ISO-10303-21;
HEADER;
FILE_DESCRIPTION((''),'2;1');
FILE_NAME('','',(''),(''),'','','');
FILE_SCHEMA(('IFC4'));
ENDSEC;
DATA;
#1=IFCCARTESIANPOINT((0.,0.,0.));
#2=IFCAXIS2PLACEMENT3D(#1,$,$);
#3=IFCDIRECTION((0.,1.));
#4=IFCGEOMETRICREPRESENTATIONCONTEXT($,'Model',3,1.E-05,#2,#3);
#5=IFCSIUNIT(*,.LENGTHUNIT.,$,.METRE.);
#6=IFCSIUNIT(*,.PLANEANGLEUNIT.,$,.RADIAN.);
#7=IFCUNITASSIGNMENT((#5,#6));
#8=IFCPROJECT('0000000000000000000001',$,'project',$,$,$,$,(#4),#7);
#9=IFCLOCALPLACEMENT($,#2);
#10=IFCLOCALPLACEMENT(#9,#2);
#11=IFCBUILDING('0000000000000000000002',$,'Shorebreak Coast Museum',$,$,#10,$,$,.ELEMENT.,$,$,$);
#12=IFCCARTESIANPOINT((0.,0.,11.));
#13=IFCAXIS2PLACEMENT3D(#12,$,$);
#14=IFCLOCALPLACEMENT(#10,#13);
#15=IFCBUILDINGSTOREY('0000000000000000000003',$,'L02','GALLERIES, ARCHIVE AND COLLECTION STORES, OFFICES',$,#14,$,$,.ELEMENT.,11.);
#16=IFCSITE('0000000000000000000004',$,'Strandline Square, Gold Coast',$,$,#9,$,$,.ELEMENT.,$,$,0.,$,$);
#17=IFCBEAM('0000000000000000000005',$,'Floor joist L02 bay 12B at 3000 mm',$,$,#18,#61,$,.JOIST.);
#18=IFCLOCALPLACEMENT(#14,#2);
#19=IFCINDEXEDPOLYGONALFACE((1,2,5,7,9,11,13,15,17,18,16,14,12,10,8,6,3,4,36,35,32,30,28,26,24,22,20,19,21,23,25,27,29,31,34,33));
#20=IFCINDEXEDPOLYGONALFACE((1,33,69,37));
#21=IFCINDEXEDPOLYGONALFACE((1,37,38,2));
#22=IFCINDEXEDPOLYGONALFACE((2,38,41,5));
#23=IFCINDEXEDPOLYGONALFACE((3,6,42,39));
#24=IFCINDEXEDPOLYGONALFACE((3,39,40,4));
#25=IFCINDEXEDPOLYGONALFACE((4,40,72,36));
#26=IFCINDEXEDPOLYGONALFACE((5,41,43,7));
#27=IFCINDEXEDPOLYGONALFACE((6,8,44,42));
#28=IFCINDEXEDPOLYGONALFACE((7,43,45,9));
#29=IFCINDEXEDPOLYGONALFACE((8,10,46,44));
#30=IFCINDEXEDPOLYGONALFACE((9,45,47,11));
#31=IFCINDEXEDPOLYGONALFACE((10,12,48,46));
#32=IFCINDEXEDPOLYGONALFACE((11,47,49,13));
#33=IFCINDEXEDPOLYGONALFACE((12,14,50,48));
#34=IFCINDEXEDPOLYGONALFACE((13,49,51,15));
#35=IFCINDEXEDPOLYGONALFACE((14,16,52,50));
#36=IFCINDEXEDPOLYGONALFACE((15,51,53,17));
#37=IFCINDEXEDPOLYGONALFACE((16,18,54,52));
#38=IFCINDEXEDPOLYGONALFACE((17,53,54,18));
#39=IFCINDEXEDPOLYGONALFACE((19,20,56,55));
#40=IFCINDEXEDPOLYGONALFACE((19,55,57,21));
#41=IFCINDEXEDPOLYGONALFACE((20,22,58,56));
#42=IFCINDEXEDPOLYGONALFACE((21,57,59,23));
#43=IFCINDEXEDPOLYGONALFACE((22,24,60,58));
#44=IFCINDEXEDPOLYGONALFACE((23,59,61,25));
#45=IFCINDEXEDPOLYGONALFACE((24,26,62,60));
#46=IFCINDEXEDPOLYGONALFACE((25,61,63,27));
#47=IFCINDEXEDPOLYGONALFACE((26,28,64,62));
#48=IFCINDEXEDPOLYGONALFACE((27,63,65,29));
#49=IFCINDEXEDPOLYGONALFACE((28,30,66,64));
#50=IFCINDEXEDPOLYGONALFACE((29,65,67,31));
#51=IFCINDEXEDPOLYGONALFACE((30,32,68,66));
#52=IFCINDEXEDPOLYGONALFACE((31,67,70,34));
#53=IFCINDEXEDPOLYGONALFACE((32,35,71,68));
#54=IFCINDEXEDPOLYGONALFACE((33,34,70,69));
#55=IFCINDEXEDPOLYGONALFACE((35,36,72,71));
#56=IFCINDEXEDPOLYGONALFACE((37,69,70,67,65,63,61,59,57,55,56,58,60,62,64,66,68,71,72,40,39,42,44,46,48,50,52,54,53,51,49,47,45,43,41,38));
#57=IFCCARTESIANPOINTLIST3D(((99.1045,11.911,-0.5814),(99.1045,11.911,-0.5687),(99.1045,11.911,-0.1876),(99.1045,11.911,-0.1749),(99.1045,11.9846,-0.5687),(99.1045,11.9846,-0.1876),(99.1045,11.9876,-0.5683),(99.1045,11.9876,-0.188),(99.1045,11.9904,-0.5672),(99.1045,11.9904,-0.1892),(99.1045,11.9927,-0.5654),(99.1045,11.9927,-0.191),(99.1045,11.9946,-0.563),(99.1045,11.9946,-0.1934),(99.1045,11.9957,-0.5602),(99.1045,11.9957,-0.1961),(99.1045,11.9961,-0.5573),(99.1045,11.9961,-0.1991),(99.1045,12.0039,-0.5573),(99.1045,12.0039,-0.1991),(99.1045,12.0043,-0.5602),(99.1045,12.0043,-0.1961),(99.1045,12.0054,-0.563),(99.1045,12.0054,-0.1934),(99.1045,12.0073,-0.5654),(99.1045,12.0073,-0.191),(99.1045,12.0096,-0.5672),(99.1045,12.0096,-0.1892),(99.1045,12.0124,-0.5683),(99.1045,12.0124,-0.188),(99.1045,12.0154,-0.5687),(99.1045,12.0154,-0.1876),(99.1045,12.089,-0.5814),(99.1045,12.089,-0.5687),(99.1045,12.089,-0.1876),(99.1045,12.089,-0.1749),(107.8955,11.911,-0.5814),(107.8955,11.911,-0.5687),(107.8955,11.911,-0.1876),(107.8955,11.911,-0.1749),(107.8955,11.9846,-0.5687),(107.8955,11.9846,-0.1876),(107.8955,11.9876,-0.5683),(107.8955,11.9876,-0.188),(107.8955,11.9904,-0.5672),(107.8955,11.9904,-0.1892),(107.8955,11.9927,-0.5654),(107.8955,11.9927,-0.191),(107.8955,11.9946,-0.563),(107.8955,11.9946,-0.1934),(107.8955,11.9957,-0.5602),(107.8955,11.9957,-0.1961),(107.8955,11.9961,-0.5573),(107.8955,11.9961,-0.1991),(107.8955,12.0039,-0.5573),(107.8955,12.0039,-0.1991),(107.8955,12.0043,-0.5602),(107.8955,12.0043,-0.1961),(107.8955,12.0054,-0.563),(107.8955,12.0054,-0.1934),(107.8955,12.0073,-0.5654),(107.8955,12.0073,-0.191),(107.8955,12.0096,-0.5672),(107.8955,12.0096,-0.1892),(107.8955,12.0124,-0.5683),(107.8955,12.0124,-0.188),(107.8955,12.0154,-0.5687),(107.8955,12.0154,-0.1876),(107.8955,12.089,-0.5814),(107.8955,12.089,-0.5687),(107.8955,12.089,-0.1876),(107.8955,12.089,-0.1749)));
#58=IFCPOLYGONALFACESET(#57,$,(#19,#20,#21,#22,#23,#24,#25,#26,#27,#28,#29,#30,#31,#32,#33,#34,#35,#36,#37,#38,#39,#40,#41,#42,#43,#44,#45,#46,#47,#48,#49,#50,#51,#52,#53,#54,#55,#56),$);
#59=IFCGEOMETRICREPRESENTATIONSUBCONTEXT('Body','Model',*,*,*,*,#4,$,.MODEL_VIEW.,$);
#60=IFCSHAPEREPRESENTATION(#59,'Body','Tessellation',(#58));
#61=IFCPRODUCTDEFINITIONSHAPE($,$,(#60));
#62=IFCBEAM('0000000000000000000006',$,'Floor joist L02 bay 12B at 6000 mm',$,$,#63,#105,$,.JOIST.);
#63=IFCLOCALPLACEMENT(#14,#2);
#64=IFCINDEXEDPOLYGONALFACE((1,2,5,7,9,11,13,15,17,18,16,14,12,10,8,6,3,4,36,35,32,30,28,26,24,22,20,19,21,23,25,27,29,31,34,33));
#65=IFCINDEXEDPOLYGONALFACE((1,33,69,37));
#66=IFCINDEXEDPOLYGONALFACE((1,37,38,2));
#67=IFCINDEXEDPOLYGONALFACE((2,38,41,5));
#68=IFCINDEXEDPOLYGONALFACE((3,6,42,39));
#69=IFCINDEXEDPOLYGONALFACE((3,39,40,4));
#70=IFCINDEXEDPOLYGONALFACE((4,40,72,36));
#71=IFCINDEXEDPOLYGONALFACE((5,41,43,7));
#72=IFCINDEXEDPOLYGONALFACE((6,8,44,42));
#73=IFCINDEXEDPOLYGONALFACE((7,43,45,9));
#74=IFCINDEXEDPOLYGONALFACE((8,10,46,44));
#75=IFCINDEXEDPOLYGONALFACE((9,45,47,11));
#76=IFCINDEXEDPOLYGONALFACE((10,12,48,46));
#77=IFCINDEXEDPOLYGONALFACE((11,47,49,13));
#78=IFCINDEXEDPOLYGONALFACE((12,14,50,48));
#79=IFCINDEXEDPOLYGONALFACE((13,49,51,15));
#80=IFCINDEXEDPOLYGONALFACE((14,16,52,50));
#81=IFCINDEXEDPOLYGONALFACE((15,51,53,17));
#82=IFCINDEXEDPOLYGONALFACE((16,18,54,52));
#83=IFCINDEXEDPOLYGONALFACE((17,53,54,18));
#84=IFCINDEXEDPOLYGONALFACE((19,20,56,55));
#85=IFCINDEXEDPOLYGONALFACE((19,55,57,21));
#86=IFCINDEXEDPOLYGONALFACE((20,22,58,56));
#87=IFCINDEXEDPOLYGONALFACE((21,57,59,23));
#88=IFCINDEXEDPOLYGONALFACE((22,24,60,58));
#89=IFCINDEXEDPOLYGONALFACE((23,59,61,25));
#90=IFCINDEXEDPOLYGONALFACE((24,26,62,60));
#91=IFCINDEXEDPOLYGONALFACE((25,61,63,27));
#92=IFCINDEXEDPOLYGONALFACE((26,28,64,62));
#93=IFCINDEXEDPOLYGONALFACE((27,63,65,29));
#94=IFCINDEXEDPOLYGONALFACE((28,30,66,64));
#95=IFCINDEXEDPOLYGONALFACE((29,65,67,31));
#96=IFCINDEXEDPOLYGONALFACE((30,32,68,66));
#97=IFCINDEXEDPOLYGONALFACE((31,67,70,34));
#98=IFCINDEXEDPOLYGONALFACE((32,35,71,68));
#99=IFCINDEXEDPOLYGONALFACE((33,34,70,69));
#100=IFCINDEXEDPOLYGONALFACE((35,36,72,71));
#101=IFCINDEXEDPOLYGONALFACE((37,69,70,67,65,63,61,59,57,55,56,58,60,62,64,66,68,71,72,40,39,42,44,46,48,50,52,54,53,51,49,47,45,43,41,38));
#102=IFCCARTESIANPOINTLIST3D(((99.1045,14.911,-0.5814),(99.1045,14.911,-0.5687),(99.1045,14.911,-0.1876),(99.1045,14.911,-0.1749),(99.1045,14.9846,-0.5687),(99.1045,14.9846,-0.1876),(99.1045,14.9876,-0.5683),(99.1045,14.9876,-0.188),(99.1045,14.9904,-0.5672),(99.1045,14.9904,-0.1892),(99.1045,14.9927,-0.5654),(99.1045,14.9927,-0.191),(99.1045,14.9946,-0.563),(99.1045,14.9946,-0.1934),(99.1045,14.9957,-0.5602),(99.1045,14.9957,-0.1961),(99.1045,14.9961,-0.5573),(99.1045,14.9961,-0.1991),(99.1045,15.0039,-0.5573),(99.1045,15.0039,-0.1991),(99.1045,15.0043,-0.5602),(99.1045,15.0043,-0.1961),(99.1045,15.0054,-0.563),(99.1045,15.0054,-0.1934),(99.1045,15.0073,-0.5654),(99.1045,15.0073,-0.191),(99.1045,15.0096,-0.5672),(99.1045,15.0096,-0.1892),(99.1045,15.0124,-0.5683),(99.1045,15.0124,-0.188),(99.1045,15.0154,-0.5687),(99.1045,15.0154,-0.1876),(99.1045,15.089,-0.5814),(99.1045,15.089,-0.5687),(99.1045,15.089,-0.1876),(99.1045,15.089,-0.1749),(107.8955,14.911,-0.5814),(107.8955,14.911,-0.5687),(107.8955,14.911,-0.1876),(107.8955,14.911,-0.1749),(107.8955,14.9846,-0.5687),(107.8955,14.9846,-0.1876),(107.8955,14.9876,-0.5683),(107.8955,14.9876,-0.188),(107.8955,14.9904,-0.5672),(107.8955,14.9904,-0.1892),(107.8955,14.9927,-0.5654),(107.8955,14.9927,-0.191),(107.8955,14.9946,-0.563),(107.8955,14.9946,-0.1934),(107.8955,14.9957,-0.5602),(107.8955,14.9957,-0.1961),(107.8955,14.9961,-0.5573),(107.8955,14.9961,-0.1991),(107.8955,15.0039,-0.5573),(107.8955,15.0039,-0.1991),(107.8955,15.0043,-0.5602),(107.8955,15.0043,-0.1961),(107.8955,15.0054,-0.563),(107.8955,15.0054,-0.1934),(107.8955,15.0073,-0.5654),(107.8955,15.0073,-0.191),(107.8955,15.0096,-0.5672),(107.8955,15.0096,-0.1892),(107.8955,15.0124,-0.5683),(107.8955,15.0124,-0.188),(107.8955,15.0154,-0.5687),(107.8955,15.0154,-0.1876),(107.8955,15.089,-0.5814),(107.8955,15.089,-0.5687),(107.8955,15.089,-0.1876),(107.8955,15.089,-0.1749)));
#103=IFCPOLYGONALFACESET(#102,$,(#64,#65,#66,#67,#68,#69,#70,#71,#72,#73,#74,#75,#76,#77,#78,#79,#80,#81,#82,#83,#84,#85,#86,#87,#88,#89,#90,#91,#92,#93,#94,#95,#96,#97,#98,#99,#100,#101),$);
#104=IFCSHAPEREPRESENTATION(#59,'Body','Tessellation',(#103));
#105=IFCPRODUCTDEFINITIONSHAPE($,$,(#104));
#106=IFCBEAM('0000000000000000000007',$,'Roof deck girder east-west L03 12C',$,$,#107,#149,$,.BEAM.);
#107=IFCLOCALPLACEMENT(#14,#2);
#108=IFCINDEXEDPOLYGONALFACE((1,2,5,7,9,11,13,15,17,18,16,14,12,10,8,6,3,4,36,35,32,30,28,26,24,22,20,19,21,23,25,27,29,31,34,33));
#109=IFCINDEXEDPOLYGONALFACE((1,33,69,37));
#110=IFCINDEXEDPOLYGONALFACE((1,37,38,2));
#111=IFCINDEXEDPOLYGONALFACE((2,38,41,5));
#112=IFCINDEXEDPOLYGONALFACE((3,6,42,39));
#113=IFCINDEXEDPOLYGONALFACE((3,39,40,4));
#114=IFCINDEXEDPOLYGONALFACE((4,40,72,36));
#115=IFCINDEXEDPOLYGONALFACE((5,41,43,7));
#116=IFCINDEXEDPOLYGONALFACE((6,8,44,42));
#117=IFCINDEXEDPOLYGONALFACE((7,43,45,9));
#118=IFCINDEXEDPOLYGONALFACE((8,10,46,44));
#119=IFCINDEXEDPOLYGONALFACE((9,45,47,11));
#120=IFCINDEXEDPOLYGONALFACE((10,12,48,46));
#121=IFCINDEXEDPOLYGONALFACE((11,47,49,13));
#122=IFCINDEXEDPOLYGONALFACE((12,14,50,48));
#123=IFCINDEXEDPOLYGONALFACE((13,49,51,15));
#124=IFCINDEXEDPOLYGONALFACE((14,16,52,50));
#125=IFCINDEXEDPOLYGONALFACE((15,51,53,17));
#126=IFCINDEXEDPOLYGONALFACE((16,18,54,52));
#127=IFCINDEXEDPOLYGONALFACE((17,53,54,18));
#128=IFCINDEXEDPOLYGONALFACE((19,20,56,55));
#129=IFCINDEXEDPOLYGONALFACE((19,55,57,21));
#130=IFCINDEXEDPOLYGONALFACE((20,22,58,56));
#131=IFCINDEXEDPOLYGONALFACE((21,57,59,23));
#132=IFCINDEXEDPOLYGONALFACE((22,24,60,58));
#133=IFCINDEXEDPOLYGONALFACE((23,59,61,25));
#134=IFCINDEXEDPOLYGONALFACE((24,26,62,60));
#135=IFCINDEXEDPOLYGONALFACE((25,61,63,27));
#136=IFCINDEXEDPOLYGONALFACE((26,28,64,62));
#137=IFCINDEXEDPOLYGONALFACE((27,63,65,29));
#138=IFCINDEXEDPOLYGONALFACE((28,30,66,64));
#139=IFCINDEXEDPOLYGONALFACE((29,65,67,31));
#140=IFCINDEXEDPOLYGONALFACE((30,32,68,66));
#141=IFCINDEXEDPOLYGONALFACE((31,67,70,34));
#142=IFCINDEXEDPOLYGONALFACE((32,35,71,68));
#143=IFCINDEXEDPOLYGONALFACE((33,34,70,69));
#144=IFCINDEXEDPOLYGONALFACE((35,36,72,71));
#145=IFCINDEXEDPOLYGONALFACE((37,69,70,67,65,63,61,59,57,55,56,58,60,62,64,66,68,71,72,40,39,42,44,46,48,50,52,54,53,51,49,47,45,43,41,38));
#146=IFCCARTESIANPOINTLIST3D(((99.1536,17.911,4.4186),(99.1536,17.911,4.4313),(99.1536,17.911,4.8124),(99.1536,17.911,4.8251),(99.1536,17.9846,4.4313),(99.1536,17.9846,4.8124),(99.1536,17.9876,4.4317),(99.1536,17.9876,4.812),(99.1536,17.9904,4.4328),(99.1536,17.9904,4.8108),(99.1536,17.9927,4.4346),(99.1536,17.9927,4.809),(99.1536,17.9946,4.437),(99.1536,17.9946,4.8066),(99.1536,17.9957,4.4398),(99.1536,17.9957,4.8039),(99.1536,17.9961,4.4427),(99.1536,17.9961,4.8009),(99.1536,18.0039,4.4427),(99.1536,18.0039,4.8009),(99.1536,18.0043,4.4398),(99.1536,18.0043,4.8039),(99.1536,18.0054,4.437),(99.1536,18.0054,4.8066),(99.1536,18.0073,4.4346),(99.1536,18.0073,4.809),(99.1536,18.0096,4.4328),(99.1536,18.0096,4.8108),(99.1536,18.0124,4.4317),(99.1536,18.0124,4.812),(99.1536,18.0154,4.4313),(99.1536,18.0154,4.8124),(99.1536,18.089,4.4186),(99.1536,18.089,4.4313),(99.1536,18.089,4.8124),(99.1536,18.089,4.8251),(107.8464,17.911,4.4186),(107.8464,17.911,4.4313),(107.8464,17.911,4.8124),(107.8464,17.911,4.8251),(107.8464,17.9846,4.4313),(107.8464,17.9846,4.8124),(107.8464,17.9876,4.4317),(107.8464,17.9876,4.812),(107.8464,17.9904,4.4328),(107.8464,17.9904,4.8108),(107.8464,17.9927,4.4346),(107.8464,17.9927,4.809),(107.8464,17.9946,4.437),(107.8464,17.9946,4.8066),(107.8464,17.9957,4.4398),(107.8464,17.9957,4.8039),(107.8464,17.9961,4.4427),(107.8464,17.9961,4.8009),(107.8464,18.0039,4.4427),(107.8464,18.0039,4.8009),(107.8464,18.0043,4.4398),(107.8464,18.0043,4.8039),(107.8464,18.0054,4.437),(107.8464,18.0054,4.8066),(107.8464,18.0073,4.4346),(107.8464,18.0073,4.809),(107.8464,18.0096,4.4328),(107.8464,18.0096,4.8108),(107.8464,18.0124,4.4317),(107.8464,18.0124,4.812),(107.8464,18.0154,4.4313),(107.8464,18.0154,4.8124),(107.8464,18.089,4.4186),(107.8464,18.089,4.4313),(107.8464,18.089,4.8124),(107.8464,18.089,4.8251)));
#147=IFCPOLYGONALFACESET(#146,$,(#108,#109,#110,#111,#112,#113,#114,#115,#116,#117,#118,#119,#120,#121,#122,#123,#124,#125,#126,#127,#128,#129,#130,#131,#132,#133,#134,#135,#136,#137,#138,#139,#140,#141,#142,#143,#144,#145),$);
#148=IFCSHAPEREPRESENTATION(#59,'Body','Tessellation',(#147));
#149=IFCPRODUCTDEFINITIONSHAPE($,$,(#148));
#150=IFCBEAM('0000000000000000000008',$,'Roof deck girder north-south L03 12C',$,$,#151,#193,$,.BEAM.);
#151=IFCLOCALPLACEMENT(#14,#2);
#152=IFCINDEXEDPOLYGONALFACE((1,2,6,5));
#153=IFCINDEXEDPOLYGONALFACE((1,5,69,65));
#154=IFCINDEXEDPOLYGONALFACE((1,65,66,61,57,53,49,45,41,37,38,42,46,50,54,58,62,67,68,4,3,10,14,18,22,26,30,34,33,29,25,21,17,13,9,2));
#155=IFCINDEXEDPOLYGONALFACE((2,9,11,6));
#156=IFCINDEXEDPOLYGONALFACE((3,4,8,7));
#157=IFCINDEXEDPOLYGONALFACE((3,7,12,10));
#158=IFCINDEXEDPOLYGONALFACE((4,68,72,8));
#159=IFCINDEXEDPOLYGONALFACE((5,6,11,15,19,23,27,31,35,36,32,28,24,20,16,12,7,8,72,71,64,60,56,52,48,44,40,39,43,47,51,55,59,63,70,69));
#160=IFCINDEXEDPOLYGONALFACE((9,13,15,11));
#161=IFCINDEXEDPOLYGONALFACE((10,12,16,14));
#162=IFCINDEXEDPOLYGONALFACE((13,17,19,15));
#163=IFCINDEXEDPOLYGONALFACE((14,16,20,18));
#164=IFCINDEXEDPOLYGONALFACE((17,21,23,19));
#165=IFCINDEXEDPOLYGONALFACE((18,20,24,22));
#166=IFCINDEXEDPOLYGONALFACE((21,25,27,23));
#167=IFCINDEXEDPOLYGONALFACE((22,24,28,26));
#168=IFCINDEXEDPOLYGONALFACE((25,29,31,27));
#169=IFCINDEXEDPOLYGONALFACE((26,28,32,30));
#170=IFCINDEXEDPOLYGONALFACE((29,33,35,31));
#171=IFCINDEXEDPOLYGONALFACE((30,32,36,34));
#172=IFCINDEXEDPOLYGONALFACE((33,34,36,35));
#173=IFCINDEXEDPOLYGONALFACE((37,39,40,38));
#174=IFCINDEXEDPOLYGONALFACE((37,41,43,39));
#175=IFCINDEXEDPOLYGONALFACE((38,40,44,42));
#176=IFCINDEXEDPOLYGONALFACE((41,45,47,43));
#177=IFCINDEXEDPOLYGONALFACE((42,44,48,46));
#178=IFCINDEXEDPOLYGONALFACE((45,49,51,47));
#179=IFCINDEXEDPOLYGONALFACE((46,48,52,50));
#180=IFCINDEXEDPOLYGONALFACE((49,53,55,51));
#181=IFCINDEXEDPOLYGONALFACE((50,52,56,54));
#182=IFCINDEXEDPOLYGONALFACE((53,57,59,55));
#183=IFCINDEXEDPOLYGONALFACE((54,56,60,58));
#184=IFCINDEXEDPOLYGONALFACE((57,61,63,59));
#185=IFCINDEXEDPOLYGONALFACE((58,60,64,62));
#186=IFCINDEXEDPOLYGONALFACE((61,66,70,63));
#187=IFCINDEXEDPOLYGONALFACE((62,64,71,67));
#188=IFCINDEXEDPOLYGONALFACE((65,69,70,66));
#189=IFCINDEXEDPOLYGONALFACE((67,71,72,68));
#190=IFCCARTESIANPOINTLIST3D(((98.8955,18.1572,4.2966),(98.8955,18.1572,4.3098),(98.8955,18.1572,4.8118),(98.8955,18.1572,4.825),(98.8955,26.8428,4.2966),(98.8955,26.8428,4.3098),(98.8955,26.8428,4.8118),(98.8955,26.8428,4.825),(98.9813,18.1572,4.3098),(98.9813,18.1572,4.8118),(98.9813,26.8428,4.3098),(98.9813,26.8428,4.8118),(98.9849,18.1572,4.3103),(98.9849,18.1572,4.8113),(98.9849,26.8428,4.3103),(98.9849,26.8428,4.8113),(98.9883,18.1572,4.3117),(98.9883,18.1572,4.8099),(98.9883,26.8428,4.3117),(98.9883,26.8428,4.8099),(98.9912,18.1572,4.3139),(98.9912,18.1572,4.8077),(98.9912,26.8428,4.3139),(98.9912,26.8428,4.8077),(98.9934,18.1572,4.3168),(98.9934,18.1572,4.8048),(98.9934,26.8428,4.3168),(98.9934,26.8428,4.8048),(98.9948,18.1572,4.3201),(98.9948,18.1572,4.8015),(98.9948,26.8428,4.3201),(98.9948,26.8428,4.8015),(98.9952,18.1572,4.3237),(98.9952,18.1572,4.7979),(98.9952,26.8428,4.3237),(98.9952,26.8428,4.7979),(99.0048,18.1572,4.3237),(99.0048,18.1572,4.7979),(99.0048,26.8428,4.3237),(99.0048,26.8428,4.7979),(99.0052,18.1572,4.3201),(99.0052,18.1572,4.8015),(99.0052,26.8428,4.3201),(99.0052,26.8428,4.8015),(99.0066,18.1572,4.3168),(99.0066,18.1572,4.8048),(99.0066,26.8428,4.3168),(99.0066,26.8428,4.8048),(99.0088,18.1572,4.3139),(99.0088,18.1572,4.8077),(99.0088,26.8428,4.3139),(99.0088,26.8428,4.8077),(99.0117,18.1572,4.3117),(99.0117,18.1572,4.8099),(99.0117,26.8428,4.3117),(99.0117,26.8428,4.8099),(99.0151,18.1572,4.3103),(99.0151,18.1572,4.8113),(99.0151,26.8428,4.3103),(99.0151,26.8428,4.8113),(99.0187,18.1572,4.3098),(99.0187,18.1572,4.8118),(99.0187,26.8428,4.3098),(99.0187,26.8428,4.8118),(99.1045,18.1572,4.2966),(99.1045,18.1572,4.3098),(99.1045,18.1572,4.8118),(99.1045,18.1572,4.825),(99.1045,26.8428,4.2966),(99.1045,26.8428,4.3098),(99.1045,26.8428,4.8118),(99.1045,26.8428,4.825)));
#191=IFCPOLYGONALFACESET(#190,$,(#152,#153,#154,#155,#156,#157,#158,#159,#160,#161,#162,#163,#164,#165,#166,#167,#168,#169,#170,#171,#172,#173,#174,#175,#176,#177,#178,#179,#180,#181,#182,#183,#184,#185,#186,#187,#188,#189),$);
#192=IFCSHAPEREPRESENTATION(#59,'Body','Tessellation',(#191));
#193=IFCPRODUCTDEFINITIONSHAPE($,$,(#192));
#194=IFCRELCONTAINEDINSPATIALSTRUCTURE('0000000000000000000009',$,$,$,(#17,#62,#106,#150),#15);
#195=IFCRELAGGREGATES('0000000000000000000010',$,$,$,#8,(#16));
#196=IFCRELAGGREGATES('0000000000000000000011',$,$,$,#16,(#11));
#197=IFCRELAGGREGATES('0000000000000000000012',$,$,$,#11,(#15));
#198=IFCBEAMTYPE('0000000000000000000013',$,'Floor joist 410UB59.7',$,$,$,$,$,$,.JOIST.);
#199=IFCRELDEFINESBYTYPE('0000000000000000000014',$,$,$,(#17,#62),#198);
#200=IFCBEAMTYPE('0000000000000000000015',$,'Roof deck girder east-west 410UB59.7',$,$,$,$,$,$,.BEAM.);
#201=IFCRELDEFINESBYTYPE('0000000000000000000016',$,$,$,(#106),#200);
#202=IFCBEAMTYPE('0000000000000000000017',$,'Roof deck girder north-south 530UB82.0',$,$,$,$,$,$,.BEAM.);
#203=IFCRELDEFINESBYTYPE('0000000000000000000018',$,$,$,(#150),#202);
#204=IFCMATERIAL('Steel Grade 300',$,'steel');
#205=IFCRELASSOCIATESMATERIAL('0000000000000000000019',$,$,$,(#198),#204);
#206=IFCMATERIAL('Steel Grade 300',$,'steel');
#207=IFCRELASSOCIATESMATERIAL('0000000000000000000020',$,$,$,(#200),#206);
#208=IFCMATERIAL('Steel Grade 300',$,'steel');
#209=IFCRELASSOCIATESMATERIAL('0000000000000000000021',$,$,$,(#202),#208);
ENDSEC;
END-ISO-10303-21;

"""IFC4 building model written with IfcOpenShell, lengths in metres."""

from ifc_helpers import new_model, si_unit, direction, frame, origin, origin_2d, place, context, subcontext, project, spatial, i_section, extrude, material, material_profile, profile_set, type_object, element, save


model = new_model("IFC4")

# Units and contexts
model_context = context("Model", 3, precision=1e-05, world=origin(), true_north=direction((0.0, 1.0)))
body_context = subcontext(model_context, "Body", "Model", "MODEL_VIEW")
ifc_project = project(units=[si_unit("LENGTHUNIT", "METRE"), si_unit("PLANEANGLEUNIT", "RADIAN")], contexts=[model_context])

# Site, building, storey
site_placement = place(None, origin())
site = spatial("IfcSite", under=ifc_project, at=site_placement, Name="Strandline Square, Gold Coast", CompositionType="ELEMENT", RefElevation=0.0)
building_placement = place(site_placement, origin())
building = spatial("IfcBuilding", under=site, at=building_placement, Name="Shorebreak Coast Museum", CompositionType="ELEMENT")
storey_placement = place(building_placement, frame((0.0, 0.0, 11.0)))
storey = spatial("IfcBuildingStorey", under=building, at=storey_placement, Name="L02", Description="GALLERIES, ARCHIVE AND COLLECTION STORES, OFFICES", CompositionType="ELEMENT", Elevation=11.0)

# Beams
ifc_material_1 = material(Name="Steel Grade 300", Category="steel")
ifc_material_profile_1 = material_profile(ifc_material_1, i_section(OverallWidth=0.178, OverallDepth=0.4065, WebThickness=0.0078, FlangeThickness=0.0127, FilletRadius=0.0115, at=origin_2d()), Name="410UB59.7")
ifc_profile_set_1 = profile_set([ifc_material_profile_1], Name="Steel Grade 300")
beam_type_1 = type_object("IfcBeamType", Name="Floor joist 410UB59.7", PredefinedType="JOIST", material=ifc_profile_set_1)
for number, where, z_axis, x_axis, name in (
    (1, (99.1045, 12.0, -0.3782), (1.0, 0.0, 0.0), (0.0, 1.0, 0.0), "Floor joist L02 bay 12B at 3000 mm"),
    (2, (99.1045, 15.0, -0.3782), (1.0, 0.0, 0.0), (0.0, 1.0, 0.0), "Floor joist L02 bay 12B at 6000 mm"),
):
    element("IfcBeam", number, at=place(storey_placement, frame(where, z_axis=z_axis, x_axis=x_axis)), inside=storey, type_object=beam_type_1, Name=name, PredefinedType="JOIST", context=body_context, shape_type="SweptSolid", body=[
        extrude(i_section(OverallWidth=0.178, OverallDepth=0.4065, WebThickness=0.0078, FlangeThickness=0.0127, FilletRadius=0.0115, at=origin_2d()), origin(), (0.0, 0.0, 1.0), 8.791),
    ])
ifc_material_2 = material(Name="Steel Grade 300", Category="steel")
ifc_material_profile_2 = material_profile(ifc_material_2, i_section(OverallWidth=0.178, OverallDepth=0.4065, WebThickness=0.0078, FlangeThickness=0.0127, FilletRadius=0.0115, at=origin_2d()), Name="410UB59.7")
ifc_profile_set_2 = profile_set([ifc_material_profile_2], Name="Steel Grade 300")
beam_type_2 = type_object("IfcBeamType", Name="Roof deck girder east-west 410UB59.7", PredefinedType="BEAM", material=ifc_profile_set_2)
beam_1_placement = place(storey_placement, frame((99.1536, 18.0, 4.6218), z_axis=(1.0, 0.0, 0.0), x_axis=(0.0, 1.0, 0.0)))
element("IfcBeam", 3, at=beam_1_placement, inside=storey, type_object=beam_type_2, Name="Roof deck girder east-west L03 12C", PredefinedType="BEAM", context=body_context, shape_type="SweptSolid", body=[
    extrude(i_section(OverallWidth=0.178, OverallDepth=0.4065, WebThickness=0.0078, FlangeThickness=0.0127, FilletRadius=0.0115, at=origin_2d()), origin(), (0.0, 0.0, 1.0), 8.6929),
])
ifc_material_3 = material(Name="Steel Grade 300", Category="steel")
ifc_material_profile_3 = material_profile(ifc_material_3, i_section(OverallWidth=0.209, OverallDepth=0.5283, WebThickness=0.0095, FlangeThickness=0.0132, FilletRadius=0.0139, at=origin_2d()), Name="530UB82.0")
ifc_profile_set_3 = profile_set([ifc_material_profile_3], Name="Steel Grade 300")
beam_type_3 = type_object("IfcBeamType", Name="Roof deck girder north-south 530UB82.0", PredefinedType="BEAM", material=ifc_profile_set_3)
beam_2_placement = place(storey_placement, frame((99.0, 18.1572, 4.5608), z_axis=(0.0, 1.0, 0.0), x_axis=(-1.0, 0.0, 0.0)))
element("IfcBeam", 4, at=beam_2_placement, inside=storey, type_object=beam_type_3, Name="Roof deck girder north-south L03 12C", PredefinedType="BEAM", context=body_context, shape_type="SweptSolid", body=[
    extrude(i_section(OverallWidth=0.209, OverallDepth=0.5283, WebThickness=0.0095, FlangeThickness=0.0132, FilletRadius=0.0139, at=origin_2d()), origin(), (0.0, 0.0, 1.0), 8.6855),
])

save(model, "model.ifc")
